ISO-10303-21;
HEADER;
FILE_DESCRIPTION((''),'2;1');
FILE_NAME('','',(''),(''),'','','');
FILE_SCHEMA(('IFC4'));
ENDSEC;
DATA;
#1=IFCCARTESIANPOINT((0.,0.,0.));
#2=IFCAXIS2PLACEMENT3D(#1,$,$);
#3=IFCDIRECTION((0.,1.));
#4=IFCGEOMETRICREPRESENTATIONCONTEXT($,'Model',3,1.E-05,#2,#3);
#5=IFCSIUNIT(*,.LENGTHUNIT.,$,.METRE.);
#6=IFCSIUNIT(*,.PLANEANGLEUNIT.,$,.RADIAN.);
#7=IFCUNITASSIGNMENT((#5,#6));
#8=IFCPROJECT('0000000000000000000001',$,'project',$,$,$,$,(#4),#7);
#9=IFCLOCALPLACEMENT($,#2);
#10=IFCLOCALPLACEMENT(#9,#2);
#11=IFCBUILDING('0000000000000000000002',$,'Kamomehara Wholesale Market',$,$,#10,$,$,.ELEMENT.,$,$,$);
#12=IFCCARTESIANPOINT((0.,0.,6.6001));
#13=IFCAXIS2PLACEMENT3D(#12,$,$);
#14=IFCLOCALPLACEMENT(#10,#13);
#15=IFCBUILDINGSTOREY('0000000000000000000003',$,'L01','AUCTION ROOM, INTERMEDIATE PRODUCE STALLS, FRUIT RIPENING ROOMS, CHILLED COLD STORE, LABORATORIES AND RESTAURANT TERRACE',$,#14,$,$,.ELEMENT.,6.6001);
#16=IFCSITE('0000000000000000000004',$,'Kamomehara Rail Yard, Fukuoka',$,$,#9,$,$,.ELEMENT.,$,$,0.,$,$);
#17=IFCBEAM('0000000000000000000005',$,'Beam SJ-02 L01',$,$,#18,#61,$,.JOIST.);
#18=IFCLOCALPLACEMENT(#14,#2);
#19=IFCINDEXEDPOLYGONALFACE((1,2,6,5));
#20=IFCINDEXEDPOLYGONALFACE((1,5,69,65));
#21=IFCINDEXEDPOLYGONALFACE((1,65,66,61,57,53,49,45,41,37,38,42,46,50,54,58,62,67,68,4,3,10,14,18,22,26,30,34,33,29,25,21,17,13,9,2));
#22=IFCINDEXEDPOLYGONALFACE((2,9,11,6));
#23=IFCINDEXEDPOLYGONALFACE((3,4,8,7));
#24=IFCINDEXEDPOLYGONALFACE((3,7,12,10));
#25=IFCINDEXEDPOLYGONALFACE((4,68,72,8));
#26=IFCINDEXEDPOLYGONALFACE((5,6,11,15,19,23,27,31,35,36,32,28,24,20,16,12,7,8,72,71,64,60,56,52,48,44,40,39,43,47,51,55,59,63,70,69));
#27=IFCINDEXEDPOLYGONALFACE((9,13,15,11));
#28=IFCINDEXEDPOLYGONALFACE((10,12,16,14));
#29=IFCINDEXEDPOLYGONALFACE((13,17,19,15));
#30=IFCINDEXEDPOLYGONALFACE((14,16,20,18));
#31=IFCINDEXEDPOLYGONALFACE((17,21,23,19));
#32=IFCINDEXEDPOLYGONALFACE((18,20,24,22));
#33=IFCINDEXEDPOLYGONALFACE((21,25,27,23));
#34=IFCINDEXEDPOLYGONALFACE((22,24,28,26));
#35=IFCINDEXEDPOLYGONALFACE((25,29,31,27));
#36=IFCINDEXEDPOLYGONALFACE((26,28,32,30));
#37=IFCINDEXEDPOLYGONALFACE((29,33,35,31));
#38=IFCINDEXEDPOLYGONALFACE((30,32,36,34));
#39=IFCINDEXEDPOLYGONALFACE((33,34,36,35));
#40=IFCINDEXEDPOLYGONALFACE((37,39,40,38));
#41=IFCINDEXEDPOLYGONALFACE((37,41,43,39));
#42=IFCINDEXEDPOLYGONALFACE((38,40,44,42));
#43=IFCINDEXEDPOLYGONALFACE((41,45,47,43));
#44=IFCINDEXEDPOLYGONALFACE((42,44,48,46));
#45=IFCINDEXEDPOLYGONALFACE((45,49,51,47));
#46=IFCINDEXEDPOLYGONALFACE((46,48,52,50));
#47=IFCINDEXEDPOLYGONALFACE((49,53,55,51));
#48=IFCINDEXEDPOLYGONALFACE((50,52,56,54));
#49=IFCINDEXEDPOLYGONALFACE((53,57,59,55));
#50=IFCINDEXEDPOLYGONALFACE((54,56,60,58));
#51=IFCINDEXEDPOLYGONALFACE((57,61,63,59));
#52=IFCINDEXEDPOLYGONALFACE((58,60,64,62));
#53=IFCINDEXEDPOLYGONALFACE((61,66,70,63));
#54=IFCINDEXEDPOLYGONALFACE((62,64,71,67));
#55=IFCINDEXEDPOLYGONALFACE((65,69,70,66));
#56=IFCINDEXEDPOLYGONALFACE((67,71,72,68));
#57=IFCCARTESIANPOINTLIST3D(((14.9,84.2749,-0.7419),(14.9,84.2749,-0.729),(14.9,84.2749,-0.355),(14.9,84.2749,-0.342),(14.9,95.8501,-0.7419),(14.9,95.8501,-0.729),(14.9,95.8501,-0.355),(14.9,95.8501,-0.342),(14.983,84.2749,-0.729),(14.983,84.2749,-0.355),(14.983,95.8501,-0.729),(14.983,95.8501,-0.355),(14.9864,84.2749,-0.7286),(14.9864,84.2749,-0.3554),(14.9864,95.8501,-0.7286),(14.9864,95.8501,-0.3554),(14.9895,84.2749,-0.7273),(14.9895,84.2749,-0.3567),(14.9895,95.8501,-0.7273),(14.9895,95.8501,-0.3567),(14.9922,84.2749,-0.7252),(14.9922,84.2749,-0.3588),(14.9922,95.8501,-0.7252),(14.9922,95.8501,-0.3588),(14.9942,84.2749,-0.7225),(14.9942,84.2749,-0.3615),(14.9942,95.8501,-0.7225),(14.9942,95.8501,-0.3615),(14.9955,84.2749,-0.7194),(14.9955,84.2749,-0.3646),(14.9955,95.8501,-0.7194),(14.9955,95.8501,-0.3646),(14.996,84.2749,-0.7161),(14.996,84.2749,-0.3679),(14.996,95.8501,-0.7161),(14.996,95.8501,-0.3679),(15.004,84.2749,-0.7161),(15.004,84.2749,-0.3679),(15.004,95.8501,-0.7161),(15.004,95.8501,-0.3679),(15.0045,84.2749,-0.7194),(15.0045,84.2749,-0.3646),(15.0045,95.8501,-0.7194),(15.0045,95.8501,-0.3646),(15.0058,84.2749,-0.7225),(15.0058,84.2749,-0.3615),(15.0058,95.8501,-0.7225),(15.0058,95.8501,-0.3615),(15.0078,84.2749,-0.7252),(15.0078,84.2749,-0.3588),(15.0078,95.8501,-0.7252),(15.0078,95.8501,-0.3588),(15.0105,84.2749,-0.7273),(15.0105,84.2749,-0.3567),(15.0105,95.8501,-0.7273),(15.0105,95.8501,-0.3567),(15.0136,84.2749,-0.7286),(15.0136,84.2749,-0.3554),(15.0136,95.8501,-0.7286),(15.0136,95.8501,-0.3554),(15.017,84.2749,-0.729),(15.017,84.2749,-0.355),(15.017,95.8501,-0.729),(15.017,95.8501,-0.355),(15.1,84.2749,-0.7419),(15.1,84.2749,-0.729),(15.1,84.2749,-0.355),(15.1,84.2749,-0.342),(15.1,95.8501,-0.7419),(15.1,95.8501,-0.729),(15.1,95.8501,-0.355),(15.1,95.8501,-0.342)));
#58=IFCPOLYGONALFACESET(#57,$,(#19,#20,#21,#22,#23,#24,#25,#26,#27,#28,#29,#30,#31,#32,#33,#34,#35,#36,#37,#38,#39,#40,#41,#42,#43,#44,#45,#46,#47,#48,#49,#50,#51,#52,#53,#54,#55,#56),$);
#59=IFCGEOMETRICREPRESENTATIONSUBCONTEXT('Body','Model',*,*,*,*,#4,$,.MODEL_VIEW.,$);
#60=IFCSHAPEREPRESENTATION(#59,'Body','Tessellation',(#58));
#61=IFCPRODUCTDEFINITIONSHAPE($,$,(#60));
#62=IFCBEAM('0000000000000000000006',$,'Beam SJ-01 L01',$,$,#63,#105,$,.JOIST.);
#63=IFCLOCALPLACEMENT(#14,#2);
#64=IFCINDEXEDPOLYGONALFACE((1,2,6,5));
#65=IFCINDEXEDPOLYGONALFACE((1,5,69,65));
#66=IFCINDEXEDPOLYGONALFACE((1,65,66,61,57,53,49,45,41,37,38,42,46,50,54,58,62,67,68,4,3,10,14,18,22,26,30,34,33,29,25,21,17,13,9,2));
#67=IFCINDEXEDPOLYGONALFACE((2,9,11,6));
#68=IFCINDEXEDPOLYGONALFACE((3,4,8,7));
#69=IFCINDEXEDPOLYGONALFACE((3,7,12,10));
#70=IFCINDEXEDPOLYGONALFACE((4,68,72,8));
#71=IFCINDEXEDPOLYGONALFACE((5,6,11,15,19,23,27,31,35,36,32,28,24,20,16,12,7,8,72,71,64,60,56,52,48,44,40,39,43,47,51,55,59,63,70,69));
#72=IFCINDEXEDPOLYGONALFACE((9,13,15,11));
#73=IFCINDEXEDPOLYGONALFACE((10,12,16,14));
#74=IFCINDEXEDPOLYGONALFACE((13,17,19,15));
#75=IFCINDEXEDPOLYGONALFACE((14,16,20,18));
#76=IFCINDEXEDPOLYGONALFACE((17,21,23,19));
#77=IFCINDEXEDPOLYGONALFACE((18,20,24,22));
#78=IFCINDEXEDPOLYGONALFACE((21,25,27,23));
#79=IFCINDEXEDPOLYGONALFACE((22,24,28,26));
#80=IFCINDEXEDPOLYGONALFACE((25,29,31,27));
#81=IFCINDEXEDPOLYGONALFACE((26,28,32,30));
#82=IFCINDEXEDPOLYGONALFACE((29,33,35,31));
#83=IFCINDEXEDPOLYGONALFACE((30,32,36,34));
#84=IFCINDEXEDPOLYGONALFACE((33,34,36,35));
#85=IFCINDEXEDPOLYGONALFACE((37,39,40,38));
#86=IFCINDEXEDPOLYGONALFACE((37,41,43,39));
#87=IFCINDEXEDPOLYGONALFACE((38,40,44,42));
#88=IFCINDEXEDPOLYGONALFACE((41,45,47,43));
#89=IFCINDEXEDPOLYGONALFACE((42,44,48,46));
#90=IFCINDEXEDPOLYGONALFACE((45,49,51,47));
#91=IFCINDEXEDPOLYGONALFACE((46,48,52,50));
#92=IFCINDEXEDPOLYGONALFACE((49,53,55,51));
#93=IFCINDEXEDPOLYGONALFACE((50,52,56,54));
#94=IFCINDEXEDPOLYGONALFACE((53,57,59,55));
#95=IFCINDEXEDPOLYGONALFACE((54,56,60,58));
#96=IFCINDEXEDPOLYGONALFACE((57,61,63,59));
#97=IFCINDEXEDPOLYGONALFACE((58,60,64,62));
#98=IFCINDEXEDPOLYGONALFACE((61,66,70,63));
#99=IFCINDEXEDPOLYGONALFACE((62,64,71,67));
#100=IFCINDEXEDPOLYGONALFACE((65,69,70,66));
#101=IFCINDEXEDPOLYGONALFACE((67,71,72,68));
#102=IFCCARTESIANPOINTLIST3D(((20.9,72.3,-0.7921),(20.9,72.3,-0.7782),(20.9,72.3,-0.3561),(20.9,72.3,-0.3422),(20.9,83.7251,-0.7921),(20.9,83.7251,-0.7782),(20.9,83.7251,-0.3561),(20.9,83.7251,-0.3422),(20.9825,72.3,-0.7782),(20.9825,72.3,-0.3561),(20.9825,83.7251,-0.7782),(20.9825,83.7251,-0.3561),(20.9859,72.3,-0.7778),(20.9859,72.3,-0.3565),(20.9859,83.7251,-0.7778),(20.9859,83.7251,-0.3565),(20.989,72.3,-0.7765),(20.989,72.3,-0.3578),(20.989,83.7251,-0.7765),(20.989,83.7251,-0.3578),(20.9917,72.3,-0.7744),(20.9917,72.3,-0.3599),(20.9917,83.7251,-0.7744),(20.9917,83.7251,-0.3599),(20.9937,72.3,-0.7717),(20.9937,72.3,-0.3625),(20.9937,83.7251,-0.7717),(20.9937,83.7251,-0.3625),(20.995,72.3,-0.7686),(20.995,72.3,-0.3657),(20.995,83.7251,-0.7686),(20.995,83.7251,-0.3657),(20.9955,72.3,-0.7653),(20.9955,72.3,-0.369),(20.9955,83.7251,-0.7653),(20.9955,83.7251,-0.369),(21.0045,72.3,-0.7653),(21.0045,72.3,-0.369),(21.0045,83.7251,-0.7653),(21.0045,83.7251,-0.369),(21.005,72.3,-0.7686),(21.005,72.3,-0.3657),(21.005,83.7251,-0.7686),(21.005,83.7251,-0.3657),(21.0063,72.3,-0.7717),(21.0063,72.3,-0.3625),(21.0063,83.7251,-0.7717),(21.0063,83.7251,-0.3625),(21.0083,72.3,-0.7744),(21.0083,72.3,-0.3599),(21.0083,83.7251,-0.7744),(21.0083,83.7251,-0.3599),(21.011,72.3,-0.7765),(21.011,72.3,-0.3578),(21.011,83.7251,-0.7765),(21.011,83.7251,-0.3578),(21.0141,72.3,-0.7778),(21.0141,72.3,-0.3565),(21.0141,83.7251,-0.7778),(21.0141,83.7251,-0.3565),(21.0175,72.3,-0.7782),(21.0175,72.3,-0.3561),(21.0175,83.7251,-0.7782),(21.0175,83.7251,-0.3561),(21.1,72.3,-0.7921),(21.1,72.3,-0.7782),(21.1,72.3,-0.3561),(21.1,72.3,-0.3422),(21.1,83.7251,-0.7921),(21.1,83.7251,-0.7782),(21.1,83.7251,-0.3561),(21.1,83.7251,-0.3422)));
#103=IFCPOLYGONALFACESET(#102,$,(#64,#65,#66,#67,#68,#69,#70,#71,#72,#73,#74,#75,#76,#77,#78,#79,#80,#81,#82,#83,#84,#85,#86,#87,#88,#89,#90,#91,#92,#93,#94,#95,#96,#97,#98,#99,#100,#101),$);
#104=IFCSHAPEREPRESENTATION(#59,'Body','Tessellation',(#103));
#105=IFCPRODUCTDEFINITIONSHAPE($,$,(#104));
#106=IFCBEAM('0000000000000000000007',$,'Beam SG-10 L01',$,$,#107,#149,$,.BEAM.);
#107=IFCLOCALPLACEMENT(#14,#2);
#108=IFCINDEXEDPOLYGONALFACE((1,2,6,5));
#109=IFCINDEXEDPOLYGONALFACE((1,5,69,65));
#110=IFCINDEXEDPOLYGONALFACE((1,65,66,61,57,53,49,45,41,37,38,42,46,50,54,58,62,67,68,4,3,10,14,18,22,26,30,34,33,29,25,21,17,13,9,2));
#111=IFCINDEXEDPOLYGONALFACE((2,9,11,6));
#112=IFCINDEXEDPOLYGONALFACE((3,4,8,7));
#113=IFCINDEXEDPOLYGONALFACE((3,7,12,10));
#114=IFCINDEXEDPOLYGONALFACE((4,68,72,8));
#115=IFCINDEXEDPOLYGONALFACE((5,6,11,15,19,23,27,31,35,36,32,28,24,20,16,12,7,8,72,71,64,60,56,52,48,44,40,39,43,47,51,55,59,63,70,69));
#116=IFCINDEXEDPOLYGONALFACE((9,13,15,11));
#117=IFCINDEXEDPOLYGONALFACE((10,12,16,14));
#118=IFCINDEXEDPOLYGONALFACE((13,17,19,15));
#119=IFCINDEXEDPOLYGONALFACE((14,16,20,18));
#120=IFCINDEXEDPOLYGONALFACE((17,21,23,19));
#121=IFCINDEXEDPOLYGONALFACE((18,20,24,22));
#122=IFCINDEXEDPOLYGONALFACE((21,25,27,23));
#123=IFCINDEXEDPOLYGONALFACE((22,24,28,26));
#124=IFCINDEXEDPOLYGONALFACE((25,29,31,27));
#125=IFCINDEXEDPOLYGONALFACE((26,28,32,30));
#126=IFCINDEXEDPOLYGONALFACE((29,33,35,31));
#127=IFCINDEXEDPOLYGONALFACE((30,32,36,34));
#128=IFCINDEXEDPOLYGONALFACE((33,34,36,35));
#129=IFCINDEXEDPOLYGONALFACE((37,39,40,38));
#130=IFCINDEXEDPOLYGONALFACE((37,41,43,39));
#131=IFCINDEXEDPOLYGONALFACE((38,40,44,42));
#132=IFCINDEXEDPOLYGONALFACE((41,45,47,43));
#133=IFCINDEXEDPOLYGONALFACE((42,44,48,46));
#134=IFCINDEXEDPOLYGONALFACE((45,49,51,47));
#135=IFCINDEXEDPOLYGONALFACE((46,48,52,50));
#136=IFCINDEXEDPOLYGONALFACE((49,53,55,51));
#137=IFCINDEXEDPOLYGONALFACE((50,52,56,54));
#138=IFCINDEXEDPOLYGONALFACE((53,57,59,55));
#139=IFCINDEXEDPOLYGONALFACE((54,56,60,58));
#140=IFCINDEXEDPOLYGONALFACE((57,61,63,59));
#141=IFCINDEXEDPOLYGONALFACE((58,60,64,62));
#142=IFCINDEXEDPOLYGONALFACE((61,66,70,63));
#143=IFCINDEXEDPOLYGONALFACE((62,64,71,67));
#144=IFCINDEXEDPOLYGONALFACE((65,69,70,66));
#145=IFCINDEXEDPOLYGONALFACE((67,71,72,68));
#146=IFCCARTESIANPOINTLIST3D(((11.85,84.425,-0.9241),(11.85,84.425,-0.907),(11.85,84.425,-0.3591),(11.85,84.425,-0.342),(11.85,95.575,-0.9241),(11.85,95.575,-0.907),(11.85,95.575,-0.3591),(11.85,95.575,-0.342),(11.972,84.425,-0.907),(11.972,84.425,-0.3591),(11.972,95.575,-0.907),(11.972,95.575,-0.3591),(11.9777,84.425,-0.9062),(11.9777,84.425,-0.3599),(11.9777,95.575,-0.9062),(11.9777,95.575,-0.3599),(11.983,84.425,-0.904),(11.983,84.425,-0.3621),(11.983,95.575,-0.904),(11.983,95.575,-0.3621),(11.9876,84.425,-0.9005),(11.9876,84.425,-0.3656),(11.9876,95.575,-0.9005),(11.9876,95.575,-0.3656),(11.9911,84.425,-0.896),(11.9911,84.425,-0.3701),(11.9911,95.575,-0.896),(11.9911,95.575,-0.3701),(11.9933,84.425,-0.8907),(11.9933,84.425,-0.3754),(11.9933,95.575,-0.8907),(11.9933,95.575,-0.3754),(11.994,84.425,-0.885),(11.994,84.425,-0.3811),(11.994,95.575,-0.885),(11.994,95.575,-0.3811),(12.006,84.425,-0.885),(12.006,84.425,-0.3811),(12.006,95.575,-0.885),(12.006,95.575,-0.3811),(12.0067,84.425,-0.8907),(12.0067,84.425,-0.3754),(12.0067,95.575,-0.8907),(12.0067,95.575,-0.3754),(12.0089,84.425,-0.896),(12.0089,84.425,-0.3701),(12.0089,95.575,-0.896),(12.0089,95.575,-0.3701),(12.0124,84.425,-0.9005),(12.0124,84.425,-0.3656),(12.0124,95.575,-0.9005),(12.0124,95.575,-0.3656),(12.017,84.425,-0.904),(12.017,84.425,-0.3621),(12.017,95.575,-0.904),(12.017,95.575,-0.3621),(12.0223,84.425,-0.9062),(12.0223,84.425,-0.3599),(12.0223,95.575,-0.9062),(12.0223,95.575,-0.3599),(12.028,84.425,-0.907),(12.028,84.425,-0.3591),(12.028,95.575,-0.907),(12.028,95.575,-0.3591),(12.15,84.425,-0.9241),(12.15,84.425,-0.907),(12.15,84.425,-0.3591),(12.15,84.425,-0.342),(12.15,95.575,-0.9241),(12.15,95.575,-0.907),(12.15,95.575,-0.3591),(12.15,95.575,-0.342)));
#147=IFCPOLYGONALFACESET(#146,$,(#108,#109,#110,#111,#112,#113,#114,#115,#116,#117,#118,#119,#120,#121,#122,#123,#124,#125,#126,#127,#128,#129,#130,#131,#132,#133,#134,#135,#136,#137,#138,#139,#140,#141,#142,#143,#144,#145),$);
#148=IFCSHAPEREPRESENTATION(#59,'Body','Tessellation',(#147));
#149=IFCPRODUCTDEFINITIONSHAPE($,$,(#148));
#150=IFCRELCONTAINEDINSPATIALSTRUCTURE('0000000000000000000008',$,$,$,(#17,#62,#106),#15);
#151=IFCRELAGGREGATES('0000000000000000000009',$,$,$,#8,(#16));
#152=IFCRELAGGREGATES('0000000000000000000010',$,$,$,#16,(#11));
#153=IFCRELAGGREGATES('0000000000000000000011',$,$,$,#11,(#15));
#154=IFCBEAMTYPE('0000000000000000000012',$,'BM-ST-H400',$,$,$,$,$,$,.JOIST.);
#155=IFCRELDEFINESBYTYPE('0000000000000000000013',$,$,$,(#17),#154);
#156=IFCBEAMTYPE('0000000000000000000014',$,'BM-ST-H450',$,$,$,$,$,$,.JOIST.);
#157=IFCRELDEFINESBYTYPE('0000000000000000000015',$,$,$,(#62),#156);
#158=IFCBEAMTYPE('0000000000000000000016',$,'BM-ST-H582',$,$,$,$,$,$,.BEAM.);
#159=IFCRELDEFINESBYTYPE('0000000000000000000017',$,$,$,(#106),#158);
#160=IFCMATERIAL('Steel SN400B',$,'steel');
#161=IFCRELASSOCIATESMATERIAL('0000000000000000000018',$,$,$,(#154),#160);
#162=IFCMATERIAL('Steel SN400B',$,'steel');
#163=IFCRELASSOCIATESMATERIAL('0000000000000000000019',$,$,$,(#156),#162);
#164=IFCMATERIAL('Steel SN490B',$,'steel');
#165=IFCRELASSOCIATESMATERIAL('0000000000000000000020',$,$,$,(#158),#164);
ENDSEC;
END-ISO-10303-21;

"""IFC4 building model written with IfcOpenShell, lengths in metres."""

from ifc_helpers import new_model, si_unit, direction, frame, origin, origin_2d, place, context, subcontext, project, spatial, i_section, extrude, material, material_profile, profile_set, type_object, element, save


model = new_model("IFC4")

# Units and contexts
model_context = context("Model", 3, precision=1e-05, world=origin(), true_north=direction((0.0, 1.0)))
body_context = subcontext(model_context, "Body", "Model", "MODEL_VIEW")
ifc_project = project(units=[si_unit("LENGTHUNIT", "METRE"), si_unit("PLANEANGLEUNIT", "RADIAN")], contexts=[model_context])

# Site, building, storey
site_placement = place(None, origin())
site = spatial("IfcSite", under=ifc_project, at=site_placement, Name="Kamomehara Rail Yard, Fukuoka", CompositionType="ELEMENT", RefElevation=0.0)
building_placement = place(site_placement, origin())
building = spatial("IfcBuilding", under=site, at=building_placement, Name="Kamomehara Wholesale Market", CompositionType="ELEMENT")
storey_placement = place(building_placement, frame((0.0, 0.0, 6.6001)))
storey = spatial("IfcBuildingStorey", under=building, at=storey_placement, Name="L01", Description="AUCTION ROOM, INTERMEDIATE PRODUCE STALLS, FRUIT RIPENING ROOMS, CHILLED COLD STORE, LABORATORIES AND RESTAURANT TERRACE", CompositionType="ELEMENT", Elevation=6.6001)

# Beams
ifc_material_1 = material(Name="Steel SN400B", Category="steel")
ifc_material_profile_1 = material_profile(ifc_material_1, i_section(OverallWidth=0.2, OverallDepth=0.3999, WebThickness=0.0081, FlangeThickness=0.0129, FilletRadius=0.0129, at=origin_2d()), Name="H-400x200x8x13")
ifc_profile_set_1 = profile_set([ifc_material_profile_1], Name="Steel SN400B")
beam_type_1 = type_object("IfcBeamType", Name="BM-ST-H400", PredefinedType="JOIST", material=ifc_profile_set_1)
beam_1_placement = place(storey_placement, frame((15.0, 84.2749, -0.542), z_axis=(0.0, 1.0, 0.0), x_axis=(-1.0, 0.0, 0.0)))
element("IfcBeam", 1, at=beam_1_placement, inside=storey, type_object=beam_type_1, Name="Beam SJ-02 L01", PredefinedType="JOIST", context=body_context, shape_type="SweptSolid", body=[
    extrude(i_section(OverallWidth=0.2, OverallDepth=0.3999, WebThickness=0.0081, FlangeThickness=0.0129, FilletRadius=0.0129, at=origin_2d()), origin(), (0.0, 0.0, 1.0), 11.5752),
])
ifc_material_2 = material(Name="Steel SN400B", Category="steel")
ifc_material_profile_2 = material_profile(ifc_material_2, i_section(OverallWidth=0.2, OverallDepth=0.45, WebThickness=0.009, FlangeThickness=0.0139, FilletRadius=0.0129, at=origin_2d()), Name="H-450x200x9x14")
ifc_profile_set_2 = profile_set([ifc_material_profile_2], Name="Steel SN400B")
beam_type_2 = type_object("IfcBeamType", Name="BM-ST-H450", PredefinedType="JOIST", material=ifc_profile_set_2)
beam_2_placement = place(storey_placement, frame((21.0, 72.3, -0.5671), z_axis=(0.0, 1.0, 0.0), x_axis=(-1.0, 0.0, 0.0)))
element("IfcBeam", 2, at=beam_2_placement, inside=storey, type_object=beam_type_2, Name="Beam SJ-01 L01", PredefinedType="JOIST", context=body_context, shape_type="SweptSolid", body=[
    extrude(i_section(OverallWidth=0.2, OverallDepth=0.45, WebThickness=0.009, FlangeThickness=0.0139, FilletRadius=0.0129, at=origin_2d()), origin(), (0.0, 0.0, 1.0), 11.425),
])
ifc_material_3 = material(Name="Steel SN490B", Category="steel")
ifc_material_profile_3 = material_profile(ifc_material_3, i_section(OverallWidth=0.3, OverallDepth=0.582, WebThickness=0.012, FlangeThickness=0.0171, FilletRadius=0.022, at=origin_2d()), Name="H-582x300x12x17")
ifc_profile_set_3 = profile_set([ifc_material_profile_3], Name="Steel SN490B")
beam_type_3 = type_object("IfcBeamType", Name="BM-ST-H582", PredefinedType="BEAM", material=ifc_profile_set_3)
beam_3_placement = place(storey_placement, frame((12.0, 84.425, -0.6331), z_axis=(0.0, 1.0, 0.0), x_axis=(-1.0, 0.0, 0.0)))
element("IfcBeam", 3, at=beam_3_placement, inside=storey, type_object=beam_type_3, Name="Beam SG-10 L01", PredefinedType="BEAM", context=body_context, shape_type="SweptSolid", body=[
    extrude(i_section(OverallWidth=0.3, OverallDepth=0.582, WebThickness=0.012, FlangeThickness=0.0171, FilletRadius=0.022, at=origin_2d()), origin(), (0.0, 0.0, 1.0), 11.1499),
])

save(model, "model.ifc")
